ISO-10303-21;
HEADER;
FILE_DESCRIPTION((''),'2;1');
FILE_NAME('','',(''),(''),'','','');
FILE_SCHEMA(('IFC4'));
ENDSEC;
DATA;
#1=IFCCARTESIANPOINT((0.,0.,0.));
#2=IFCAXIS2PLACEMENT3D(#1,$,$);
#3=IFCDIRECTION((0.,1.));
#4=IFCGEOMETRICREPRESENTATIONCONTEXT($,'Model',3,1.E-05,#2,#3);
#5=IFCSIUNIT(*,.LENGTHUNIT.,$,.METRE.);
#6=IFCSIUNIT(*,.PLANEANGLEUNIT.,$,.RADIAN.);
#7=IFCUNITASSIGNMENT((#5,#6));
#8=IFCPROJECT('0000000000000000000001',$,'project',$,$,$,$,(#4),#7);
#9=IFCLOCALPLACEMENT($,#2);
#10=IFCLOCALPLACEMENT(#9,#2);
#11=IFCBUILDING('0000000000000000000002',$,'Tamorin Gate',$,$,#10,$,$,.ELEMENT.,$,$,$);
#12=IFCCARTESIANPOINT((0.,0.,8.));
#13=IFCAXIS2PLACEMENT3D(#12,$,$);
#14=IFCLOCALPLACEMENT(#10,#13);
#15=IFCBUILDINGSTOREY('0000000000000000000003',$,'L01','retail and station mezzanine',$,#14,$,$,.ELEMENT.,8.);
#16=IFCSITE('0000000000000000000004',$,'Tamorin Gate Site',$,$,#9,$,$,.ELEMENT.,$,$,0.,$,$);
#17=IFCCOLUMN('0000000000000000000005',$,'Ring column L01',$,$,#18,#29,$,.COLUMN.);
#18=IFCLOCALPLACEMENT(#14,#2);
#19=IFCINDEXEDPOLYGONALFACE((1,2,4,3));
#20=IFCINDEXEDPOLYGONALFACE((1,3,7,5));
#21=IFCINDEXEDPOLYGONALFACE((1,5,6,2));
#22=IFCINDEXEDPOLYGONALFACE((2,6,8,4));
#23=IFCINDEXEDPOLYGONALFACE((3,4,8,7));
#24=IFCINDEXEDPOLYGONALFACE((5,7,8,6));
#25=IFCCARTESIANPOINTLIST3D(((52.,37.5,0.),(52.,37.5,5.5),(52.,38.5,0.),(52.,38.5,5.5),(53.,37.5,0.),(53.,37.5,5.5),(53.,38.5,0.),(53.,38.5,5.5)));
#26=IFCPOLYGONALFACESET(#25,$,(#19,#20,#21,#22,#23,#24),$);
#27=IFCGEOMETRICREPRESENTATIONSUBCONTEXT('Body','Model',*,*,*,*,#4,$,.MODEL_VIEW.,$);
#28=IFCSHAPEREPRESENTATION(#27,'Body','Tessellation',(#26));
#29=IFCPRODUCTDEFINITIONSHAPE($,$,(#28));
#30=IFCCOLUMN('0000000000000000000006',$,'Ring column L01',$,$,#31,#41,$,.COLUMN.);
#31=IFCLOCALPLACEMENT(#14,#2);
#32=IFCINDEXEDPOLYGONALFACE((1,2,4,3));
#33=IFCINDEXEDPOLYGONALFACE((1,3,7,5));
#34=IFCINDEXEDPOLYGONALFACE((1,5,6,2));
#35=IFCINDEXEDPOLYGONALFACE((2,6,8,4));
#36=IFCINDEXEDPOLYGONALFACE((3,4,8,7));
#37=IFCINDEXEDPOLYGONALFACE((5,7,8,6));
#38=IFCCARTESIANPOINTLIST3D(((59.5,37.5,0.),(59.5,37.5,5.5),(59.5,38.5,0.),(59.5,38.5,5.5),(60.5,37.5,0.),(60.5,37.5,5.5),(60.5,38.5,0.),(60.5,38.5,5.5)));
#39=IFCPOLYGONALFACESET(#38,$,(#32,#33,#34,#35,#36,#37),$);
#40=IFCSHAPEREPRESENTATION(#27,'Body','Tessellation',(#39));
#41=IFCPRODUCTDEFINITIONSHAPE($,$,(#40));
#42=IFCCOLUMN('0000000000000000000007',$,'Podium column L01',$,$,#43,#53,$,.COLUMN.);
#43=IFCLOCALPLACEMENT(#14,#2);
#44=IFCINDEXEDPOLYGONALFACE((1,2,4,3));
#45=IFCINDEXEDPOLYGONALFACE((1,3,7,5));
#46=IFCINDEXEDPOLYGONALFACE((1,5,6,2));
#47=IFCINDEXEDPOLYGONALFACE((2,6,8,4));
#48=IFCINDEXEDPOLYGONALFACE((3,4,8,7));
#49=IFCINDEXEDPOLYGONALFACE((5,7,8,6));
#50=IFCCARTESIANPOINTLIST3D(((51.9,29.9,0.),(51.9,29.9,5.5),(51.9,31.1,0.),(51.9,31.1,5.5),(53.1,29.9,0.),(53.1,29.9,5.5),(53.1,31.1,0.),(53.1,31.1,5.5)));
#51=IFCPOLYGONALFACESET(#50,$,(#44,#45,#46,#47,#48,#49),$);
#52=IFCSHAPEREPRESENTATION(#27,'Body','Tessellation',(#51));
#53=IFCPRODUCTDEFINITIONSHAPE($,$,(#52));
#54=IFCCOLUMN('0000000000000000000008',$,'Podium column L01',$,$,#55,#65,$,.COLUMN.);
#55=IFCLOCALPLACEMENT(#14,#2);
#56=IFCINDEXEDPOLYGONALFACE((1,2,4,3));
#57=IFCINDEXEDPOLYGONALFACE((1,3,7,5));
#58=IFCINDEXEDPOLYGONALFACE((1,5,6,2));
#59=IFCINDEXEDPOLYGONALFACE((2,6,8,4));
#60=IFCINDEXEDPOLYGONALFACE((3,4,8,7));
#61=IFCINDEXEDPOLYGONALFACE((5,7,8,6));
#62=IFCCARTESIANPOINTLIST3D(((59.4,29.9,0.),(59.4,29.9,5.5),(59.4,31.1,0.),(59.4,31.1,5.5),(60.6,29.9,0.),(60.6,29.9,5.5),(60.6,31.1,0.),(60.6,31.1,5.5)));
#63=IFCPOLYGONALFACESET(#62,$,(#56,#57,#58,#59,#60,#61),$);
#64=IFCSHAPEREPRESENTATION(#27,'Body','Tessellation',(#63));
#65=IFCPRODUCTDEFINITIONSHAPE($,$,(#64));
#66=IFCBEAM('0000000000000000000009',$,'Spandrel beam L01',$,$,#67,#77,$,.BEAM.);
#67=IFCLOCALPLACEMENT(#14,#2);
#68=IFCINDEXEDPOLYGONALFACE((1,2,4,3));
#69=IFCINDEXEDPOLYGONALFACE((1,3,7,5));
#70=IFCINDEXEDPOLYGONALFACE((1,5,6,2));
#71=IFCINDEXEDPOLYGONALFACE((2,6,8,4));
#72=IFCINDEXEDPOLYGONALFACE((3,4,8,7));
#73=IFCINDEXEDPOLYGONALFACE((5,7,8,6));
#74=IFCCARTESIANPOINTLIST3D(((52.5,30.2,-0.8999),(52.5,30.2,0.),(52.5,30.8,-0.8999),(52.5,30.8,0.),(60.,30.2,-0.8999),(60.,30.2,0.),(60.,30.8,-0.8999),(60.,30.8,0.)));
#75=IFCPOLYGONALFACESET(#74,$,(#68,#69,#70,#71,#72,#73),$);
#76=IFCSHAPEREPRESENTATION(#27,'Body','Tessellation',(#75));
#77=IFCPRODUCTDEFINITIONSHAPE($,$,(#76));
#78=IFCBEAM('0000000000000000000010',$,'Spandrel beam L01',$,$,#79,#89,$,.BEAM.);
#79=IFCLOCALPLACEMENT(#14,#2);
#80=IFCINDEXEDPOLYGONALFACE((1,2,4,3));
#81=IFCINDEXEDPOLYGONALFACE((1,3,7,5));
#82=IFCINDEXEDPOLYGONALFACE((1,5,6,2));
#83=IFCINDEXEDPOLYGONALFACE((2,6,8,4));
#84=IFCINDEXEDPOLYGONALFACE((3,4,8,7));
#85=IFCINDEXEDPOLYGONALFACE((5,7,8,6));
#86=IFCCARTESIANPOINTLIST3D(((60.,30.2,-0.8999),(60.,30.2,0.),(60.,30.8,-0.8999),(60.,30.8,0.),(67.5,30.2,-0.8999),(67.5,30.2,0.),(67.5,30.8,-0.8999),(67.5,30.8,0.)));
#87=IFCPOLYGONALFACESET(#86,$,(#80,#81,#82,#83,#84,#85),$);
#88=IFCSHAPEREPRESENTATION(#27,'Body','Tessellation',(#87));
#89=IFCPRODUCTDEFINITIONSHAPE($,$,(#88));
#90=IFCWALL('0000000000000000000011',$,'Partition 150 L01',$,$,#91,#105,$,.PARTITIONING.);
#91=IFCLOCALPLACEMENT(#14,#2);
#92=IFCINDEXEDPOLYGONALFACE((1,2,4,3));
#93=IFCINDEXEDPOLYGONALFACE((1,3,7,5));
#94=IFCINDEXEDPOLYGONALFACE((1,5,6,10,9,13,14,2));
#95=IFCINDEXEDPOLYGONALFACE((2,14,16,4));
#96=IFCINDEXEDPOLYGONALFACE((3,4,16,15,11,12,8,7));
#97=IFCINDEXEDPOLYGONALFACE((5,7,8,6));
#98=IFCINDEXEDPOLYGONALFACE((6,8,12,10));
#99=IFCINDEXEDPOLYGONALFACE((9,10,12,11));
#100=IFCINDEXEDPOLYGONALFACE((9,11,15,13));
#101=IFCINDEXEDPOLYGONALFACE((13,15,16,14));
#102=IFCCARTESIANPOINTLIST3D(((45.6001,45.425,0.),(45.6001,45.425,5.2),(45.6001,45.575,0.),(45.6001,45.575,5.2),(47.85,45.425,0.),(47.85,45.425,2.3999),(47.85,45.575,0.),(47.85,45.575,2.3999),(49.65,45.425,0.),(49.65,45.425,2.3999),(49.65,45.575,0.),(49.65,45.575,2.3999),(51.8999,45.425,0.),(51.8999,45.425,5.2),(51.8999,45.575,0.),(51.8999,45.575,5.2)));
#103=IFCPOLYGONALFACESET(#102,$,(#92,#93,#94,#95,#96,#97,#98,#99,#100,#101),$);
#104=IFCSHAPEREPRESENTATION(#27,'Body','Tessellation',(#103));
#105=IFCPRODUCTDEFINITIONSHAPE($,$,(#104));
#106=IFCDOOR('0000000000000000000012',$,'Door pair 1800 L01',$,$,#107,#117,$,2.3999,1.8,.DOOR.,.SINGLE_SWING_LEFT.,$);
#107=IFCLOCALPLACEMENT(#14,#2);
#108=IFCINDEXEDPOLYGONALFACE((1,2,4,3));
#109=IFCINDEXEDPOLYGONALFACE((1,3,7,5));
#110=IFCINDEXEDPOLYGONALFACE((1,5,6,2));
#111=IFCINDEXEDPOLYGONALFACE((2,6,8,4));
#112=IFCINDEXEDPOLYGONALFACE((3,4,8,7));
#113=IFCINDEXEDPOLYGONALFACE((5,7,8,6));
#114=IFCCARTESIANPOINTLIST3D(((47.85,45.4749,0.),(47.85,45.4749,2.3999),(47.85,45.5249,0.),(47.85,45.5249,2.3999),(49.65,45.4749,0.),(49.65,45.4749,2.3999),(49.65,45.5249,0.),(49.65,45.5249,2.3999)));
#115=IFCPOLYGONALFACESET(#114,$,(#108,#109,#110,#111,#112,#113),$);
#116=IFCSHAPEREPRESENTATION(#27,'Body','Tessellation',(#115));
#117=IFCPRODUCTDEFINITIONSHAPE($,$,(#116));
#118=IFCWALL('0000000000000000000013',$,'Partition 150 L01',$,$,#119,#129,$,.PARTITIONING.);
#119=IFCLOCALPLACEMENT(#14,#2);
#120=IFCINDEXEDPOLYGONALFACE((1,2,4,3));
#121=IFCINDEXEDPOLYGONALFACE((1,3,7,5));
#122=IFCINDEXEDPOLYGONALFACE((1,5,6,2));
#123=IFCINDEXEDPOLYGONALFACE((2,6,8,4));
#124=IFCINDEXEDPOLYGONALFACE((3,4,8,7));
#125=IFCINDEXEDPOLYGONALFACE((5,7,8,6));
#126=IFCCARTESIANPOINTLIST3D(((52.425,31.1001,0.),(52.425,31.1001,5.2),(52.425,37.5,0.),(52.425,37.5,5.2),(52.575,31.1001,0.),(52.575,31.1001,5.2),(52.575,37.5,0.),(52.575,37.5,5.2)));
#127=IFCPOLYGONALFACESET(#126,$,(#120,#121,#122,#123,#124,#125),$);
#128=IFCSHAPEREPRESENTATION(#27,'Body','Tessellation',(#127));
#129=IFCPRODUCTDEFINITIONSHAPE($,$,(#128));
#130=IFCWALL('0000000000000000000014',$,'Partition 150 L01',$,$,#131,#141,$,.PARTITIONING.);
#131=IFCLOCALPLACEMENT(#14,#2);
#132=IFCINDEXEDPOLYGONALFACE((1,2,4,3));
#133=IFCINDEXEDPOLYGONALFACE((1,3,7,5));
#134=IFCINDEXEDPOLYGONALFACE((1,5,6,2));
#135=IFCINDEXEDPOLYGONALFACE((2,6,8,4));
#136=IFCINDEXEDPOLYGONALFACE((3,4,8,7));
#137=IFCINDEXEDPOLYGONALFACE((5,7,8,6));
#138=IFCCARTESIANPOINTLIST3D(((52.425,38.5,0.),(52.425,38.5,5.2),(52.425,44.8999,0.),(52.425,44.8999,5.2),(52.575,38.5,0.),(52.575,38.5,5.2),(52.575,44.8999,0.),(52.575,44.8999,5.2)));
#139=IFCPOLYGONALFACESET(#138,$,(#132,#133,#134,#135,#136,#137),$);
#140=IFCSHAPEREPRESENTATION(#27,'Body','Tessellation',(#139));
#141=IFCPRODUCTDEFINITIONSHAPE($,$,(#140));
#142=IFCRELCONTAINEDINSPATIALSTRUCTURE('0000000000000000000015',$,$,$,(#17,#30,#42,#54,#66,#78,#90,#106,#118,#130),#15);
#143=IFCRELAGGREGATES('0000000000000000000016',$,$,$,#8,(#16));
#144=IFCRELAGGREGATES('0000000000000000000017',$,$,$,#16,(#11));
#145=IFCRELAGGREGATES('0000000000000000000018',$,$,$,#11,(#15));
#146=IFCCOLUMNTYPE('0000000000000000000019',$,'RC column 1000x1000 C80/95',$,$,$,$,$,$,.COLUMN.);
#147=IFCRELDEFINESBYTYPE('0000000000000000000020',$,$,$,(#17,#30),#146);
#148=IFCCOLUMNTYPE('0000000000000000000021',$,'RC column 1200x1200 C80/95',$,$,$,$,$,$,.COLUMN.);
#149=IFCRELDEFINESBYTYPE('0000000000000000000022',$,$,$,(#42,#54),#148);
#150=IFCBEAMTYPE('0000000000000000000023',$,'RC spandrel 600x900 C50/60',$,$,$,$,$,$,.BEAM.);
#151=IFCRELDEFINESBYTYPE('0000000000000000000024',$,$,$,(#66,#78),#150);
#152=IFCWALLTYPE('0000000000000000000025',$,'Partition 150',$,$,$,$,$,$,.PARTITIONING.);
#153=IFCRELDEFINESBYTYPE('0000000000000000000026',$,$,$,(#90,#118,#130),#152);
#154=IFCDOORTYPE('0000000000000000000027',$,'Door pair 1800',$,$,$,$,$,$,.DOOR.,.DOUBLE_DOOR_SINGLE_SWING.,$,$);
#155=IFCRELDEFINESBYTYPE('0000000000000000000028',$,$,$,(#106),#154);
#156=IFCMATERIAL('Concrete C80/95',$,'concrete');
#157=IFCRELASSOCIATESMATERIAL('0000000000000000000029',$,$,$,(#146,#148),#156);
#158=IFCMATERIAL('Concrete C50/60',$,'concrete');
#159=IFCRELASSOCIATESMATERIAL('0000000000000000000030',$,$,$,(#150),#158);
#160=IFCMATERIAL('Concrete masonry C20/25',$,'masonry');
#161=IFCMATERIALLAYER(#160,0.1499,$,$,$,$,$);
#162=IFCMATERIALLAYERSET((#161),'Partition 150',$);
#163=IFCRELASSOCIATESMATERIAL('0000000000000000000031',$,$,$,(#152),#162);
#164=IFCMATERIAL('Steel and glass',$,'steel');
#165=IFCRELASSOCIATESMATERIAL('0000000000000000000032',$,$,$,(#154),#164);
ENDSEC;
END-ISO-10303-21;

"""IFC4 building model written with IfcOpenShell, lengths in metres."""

from ifc_helpers import new_model, si_unit, direction, frame, frame_2d, origin, origin_2d, place, context, subcontext, project, spatial, rectangle, extrude, material, layer, layer_set, material_profile, profile_set, type_object, element, fill, save


model = new_model("IFC4")

# Units and contexts
model_context = context("Model", 3, precision=1e-05, world=origin(), true_north=direction((0.0, 1.0)))
body_context = subcontext(model_context, "Body", "Model", "MODEL_VIEW")
ifc_project = project(units=[si_unit("LENGTHUNIT", "METRE"), si_unit("PLANEANGLEUNIT", "RADIAN")], contexts=[model_context])

# Site, building, storey
site_placement = place(None, origin())
site = spatial("IfcSite", under=ifc_project, at=site_placement, Name="Tamorin Gate Site", CompositionType="ELEMENT", RefElevation=0.0)
building_placement = place(site_placement, origin())
building = spatial("IfcBuilding", under=site, at=building_placement, Name="Tamorin Gate", CompositionType="ELEMENT")
storey_placement = place(building_placement, frame((0.0, 0.0, 8.0)))
storey = spatial("IfcBuildingStorey", under=building, at=storey_placement, Name="L01", Description="retail and station mezzanine", CompositionType="ELEMENT", Elevation=8.0)

# Columns
ifc_material_1 = material(Name="Concrete C80/95", Category="concrete")
ifc_material_profile_1 = material_profile(ifc_material_1, rectangle(XDim=1.0, YDim=1.0, at=origin_2d()), Name="RC 1000x1000")
ifc_profile_set_1 = profile_set([ifc_material_profile_1], Name="Concrete C80/95")
column_type_1 = type_object("IfcColumnType", Name="RC column 1000x1000 C80/95", PredefinedType="COLUMN", material=ifc_profile_set_1)
for number, where, z_axis, x_axis, name in (
    (1, (52.5, 38.0, 0.0), (0.0, 0.0, 1.0), (1.0, 0.0, 0.0), "Ring column L01"),
    (2, (60.0, 38.0, 0.0), (0.0, 0.0, 1.0), (1.0, 0.0, 0.0), "Ring column L01"),
):
    element("IfcColumn", number, at=place(storey_placement, frame(where, z_axis=z_axis, x_axis=x_axis)), inside=storey, type_object=column_type_1, Name=name, PredefinedType="COLUMN", context=body_context, shape_type="SweptSolid", body=[
        extrude(rectangle(XDim=1.0, YDim=1.0, at=origin_2d()), origin(), (0.0, 0.0, 1.0), 5.5),
    ])
ifc_material_profile_2 = material_profile(ifc_material_1, rectangle(XDim=1.2, YDim=1.2, at=origin_2d()), Name="RC 1200x1200")
ifc_profile_set_2 = profile_set([ifc_material_profile_2], Name="Concrete C80/95")
column_type_2 = type_object("IfcColumnType", Name="RC column 1200x1200 C80/95", PredefinedType="COLUMN", material=ifc_profile_set_2)
for number, where, z_axis, x_axis, name in (
    (3, (52.5, 30.5, 0.0), (0.0, 0.0, 1.0), (1.0, 0.0, 0.0), "Podium column L01"),
    (4, (60.0, 30.5, 0.0), (0.0, 0.0, 1.0), (1.0, 0.0, 0.0), "Podium column L01"),
):
    element("IfcColumn", number, at=place(storey_placement, frame(where, z_axis=z_axis, x_axis=x_axis)), inside=storey, type_object=column_type_2, Name=name, PredefinedType="COLUMN", context=body_context, shape_type="SweptSolid", body=[
        extrude(rectangle(XDim=1.2, YDim=1.2, at=origin_2d()), origin(), (0.0, 0.0, 1.0), 5.5),
    ])

# Beams
ifc_material_2 = material(Name="Concrete C50/60", Category="concrete")
ifc_material_profile_3 = material_profile(ifc_material_2, rectangle(XDim=0.6001, YDim=0.8999, at=origin_2d()), Name="RC 600x900")
ifc_profile_set_3 = profile_set([ifc_material_profile_3], Name="Concrete C50/60")
beam_type = type_object("IfcBeamType", Name="RC spandrel 600x900 C50/60", PredefinedType="BEAM", material=ifc_profile_set_3)
for number, where, z_axis, x_axis, name in (
    (5, (52.5, 30.5, -0.45), (1.0, 0.0, 0.0), (0.0, 1.0, 0.0), "Spandrel beam L01"),
    (6, (60.0, 30.5, -0.45), (1.0, 0.0, 0.0), (0.0, 1.0, 0.0), "Spandrel beam L01"),
):
    element("IfcBeam", number, at=place(storey_placement, frame(where, z_axis=z_axis, x_axis=x_axis)), inside=storey, type_object=beam_type, Name=name, PredefinedType="BEAM", context=body_context, shape_type="SweptSolid", body=[
        extrude(rectangle(XDim=0.6001, YDim=0.8999, at=origin_2d()), origin(), (0.0, 0.0, 1.0), 7.5),
    ])

# Wall, opening, door
ifc_material_3 = material(Name="Concrete masonry C20/25", Category="masonry")
ifc_layer_1 = layer(ifc_material_3, 0.1499)
ifc_layer_set_1 = layer_set([ifc_layer_1], Name="Partition 150")
wall_type_1 = type_object("IfcWallType", Name="Partition 150", PredefinedType="PARTITIONING", material=ifc_layer_set_1)
wall_1_placement = place(storey_placement, frame((45.6001, 45.5, 0.0), z_axis=(0.0, 0.0, 1.0), x_axis=(1.0, 0.0, 0.0)))
wall_1 = element("IfcWall", 7, at=wall_1_placement, inside=storey, type_object=wall_type_1, Name="Partition 150 L01", PredefinedType="PARTITIONING", context=body_context, shape_type="SweptSolid", body=[
    extrude(rectangle(XDim=6.2998, YDim=0.1499, at=frame_2d((3.1499, 0.0))), origin(), (0.0, 0.0, 1.0), 5.2),
])
opening_1_placement = place(wall_1_placement, frame((2.25, 0.0, 0.0)))
opening_1 = element("IfcOpeningElement", 8, at=opening_1_placement, cuts=wall_1, PredefinedType="OPENING", context=body_context, shape_type="SweptSolid", body=[
    extrude(rectangle(XDim=1.8, YDim=2.3999, at=frame_2d((0.8999, 1.2))), frame((0.0, 0.085, 0.0), z_axis=(0.0, -1.0, 0.0), x_axis=(1.0, 0.0, 0.0)), (0.0, 0.0, 1.0), 0.1699),
])
ifc_material_4 = material(Name="Steel and glass", Category="steel")
door_type = type_object("IfcDoorType", Name="Door pair 1800", OperationType="DOUBLE_DOOR_SINGLE_SWING", PredefinedType="DOOR", material=ifc_material_4)
door_placement = place(opening_1_placement, origin())
door = element("IfcDoor", 9, at=door_placement, inside=storey, type_object=door_type, Name="Door pair 1800 L01", OperationType="SINGLE_SWING_LEFT", OverallHeight=2.3999, OverallWidth=1.8, PredefinedType="DOOR", context=body_context, shape_type="SweptSolid", body=[
    extrude(rectangle(XDim=1.8, YDim=2.3999, at=frame_2d((0.8999, 1.2))), frame((0.0, 0.0249, 0.0), z_axis=(0.0, -1.0, 0.0), x_axis=(1.0, 0.0, 0.0)), (0.0, 0.0, 1.0), 0.05),
])
fill(opening_1, door)

# Walls
for number, where, z_axis, x_axis, name in (
    (10, (52.5, 31.1001, 0.0), (0.0, 0.0, 1.0), (0.0, 1.0, 0.0), "Partition 150 L01"),
    (11, (52.5, 38.5, 0.0), (0.0, 0.0, 1.0), (0.0, 1.0, 0.0), "Partition 150 L01"),
):
    element("IfcWall", number, at=place(storey_placement, frame(where, z_axis=z_axis, x_axis=x_axis)), inside=storey, type_object=wall_type_1, Name=name, PredefinedType="PARTITIONING", context=body_context, shape_type="SweptSolid", body=[
        extrude(rectangle(XDim=6.3999, YDim=0.1499, at=frame_2d((3.2, 0.0))), origin(), (0.0, 0.0, 1.0), 5.2),
    ])

save(model, "model.ifc")
